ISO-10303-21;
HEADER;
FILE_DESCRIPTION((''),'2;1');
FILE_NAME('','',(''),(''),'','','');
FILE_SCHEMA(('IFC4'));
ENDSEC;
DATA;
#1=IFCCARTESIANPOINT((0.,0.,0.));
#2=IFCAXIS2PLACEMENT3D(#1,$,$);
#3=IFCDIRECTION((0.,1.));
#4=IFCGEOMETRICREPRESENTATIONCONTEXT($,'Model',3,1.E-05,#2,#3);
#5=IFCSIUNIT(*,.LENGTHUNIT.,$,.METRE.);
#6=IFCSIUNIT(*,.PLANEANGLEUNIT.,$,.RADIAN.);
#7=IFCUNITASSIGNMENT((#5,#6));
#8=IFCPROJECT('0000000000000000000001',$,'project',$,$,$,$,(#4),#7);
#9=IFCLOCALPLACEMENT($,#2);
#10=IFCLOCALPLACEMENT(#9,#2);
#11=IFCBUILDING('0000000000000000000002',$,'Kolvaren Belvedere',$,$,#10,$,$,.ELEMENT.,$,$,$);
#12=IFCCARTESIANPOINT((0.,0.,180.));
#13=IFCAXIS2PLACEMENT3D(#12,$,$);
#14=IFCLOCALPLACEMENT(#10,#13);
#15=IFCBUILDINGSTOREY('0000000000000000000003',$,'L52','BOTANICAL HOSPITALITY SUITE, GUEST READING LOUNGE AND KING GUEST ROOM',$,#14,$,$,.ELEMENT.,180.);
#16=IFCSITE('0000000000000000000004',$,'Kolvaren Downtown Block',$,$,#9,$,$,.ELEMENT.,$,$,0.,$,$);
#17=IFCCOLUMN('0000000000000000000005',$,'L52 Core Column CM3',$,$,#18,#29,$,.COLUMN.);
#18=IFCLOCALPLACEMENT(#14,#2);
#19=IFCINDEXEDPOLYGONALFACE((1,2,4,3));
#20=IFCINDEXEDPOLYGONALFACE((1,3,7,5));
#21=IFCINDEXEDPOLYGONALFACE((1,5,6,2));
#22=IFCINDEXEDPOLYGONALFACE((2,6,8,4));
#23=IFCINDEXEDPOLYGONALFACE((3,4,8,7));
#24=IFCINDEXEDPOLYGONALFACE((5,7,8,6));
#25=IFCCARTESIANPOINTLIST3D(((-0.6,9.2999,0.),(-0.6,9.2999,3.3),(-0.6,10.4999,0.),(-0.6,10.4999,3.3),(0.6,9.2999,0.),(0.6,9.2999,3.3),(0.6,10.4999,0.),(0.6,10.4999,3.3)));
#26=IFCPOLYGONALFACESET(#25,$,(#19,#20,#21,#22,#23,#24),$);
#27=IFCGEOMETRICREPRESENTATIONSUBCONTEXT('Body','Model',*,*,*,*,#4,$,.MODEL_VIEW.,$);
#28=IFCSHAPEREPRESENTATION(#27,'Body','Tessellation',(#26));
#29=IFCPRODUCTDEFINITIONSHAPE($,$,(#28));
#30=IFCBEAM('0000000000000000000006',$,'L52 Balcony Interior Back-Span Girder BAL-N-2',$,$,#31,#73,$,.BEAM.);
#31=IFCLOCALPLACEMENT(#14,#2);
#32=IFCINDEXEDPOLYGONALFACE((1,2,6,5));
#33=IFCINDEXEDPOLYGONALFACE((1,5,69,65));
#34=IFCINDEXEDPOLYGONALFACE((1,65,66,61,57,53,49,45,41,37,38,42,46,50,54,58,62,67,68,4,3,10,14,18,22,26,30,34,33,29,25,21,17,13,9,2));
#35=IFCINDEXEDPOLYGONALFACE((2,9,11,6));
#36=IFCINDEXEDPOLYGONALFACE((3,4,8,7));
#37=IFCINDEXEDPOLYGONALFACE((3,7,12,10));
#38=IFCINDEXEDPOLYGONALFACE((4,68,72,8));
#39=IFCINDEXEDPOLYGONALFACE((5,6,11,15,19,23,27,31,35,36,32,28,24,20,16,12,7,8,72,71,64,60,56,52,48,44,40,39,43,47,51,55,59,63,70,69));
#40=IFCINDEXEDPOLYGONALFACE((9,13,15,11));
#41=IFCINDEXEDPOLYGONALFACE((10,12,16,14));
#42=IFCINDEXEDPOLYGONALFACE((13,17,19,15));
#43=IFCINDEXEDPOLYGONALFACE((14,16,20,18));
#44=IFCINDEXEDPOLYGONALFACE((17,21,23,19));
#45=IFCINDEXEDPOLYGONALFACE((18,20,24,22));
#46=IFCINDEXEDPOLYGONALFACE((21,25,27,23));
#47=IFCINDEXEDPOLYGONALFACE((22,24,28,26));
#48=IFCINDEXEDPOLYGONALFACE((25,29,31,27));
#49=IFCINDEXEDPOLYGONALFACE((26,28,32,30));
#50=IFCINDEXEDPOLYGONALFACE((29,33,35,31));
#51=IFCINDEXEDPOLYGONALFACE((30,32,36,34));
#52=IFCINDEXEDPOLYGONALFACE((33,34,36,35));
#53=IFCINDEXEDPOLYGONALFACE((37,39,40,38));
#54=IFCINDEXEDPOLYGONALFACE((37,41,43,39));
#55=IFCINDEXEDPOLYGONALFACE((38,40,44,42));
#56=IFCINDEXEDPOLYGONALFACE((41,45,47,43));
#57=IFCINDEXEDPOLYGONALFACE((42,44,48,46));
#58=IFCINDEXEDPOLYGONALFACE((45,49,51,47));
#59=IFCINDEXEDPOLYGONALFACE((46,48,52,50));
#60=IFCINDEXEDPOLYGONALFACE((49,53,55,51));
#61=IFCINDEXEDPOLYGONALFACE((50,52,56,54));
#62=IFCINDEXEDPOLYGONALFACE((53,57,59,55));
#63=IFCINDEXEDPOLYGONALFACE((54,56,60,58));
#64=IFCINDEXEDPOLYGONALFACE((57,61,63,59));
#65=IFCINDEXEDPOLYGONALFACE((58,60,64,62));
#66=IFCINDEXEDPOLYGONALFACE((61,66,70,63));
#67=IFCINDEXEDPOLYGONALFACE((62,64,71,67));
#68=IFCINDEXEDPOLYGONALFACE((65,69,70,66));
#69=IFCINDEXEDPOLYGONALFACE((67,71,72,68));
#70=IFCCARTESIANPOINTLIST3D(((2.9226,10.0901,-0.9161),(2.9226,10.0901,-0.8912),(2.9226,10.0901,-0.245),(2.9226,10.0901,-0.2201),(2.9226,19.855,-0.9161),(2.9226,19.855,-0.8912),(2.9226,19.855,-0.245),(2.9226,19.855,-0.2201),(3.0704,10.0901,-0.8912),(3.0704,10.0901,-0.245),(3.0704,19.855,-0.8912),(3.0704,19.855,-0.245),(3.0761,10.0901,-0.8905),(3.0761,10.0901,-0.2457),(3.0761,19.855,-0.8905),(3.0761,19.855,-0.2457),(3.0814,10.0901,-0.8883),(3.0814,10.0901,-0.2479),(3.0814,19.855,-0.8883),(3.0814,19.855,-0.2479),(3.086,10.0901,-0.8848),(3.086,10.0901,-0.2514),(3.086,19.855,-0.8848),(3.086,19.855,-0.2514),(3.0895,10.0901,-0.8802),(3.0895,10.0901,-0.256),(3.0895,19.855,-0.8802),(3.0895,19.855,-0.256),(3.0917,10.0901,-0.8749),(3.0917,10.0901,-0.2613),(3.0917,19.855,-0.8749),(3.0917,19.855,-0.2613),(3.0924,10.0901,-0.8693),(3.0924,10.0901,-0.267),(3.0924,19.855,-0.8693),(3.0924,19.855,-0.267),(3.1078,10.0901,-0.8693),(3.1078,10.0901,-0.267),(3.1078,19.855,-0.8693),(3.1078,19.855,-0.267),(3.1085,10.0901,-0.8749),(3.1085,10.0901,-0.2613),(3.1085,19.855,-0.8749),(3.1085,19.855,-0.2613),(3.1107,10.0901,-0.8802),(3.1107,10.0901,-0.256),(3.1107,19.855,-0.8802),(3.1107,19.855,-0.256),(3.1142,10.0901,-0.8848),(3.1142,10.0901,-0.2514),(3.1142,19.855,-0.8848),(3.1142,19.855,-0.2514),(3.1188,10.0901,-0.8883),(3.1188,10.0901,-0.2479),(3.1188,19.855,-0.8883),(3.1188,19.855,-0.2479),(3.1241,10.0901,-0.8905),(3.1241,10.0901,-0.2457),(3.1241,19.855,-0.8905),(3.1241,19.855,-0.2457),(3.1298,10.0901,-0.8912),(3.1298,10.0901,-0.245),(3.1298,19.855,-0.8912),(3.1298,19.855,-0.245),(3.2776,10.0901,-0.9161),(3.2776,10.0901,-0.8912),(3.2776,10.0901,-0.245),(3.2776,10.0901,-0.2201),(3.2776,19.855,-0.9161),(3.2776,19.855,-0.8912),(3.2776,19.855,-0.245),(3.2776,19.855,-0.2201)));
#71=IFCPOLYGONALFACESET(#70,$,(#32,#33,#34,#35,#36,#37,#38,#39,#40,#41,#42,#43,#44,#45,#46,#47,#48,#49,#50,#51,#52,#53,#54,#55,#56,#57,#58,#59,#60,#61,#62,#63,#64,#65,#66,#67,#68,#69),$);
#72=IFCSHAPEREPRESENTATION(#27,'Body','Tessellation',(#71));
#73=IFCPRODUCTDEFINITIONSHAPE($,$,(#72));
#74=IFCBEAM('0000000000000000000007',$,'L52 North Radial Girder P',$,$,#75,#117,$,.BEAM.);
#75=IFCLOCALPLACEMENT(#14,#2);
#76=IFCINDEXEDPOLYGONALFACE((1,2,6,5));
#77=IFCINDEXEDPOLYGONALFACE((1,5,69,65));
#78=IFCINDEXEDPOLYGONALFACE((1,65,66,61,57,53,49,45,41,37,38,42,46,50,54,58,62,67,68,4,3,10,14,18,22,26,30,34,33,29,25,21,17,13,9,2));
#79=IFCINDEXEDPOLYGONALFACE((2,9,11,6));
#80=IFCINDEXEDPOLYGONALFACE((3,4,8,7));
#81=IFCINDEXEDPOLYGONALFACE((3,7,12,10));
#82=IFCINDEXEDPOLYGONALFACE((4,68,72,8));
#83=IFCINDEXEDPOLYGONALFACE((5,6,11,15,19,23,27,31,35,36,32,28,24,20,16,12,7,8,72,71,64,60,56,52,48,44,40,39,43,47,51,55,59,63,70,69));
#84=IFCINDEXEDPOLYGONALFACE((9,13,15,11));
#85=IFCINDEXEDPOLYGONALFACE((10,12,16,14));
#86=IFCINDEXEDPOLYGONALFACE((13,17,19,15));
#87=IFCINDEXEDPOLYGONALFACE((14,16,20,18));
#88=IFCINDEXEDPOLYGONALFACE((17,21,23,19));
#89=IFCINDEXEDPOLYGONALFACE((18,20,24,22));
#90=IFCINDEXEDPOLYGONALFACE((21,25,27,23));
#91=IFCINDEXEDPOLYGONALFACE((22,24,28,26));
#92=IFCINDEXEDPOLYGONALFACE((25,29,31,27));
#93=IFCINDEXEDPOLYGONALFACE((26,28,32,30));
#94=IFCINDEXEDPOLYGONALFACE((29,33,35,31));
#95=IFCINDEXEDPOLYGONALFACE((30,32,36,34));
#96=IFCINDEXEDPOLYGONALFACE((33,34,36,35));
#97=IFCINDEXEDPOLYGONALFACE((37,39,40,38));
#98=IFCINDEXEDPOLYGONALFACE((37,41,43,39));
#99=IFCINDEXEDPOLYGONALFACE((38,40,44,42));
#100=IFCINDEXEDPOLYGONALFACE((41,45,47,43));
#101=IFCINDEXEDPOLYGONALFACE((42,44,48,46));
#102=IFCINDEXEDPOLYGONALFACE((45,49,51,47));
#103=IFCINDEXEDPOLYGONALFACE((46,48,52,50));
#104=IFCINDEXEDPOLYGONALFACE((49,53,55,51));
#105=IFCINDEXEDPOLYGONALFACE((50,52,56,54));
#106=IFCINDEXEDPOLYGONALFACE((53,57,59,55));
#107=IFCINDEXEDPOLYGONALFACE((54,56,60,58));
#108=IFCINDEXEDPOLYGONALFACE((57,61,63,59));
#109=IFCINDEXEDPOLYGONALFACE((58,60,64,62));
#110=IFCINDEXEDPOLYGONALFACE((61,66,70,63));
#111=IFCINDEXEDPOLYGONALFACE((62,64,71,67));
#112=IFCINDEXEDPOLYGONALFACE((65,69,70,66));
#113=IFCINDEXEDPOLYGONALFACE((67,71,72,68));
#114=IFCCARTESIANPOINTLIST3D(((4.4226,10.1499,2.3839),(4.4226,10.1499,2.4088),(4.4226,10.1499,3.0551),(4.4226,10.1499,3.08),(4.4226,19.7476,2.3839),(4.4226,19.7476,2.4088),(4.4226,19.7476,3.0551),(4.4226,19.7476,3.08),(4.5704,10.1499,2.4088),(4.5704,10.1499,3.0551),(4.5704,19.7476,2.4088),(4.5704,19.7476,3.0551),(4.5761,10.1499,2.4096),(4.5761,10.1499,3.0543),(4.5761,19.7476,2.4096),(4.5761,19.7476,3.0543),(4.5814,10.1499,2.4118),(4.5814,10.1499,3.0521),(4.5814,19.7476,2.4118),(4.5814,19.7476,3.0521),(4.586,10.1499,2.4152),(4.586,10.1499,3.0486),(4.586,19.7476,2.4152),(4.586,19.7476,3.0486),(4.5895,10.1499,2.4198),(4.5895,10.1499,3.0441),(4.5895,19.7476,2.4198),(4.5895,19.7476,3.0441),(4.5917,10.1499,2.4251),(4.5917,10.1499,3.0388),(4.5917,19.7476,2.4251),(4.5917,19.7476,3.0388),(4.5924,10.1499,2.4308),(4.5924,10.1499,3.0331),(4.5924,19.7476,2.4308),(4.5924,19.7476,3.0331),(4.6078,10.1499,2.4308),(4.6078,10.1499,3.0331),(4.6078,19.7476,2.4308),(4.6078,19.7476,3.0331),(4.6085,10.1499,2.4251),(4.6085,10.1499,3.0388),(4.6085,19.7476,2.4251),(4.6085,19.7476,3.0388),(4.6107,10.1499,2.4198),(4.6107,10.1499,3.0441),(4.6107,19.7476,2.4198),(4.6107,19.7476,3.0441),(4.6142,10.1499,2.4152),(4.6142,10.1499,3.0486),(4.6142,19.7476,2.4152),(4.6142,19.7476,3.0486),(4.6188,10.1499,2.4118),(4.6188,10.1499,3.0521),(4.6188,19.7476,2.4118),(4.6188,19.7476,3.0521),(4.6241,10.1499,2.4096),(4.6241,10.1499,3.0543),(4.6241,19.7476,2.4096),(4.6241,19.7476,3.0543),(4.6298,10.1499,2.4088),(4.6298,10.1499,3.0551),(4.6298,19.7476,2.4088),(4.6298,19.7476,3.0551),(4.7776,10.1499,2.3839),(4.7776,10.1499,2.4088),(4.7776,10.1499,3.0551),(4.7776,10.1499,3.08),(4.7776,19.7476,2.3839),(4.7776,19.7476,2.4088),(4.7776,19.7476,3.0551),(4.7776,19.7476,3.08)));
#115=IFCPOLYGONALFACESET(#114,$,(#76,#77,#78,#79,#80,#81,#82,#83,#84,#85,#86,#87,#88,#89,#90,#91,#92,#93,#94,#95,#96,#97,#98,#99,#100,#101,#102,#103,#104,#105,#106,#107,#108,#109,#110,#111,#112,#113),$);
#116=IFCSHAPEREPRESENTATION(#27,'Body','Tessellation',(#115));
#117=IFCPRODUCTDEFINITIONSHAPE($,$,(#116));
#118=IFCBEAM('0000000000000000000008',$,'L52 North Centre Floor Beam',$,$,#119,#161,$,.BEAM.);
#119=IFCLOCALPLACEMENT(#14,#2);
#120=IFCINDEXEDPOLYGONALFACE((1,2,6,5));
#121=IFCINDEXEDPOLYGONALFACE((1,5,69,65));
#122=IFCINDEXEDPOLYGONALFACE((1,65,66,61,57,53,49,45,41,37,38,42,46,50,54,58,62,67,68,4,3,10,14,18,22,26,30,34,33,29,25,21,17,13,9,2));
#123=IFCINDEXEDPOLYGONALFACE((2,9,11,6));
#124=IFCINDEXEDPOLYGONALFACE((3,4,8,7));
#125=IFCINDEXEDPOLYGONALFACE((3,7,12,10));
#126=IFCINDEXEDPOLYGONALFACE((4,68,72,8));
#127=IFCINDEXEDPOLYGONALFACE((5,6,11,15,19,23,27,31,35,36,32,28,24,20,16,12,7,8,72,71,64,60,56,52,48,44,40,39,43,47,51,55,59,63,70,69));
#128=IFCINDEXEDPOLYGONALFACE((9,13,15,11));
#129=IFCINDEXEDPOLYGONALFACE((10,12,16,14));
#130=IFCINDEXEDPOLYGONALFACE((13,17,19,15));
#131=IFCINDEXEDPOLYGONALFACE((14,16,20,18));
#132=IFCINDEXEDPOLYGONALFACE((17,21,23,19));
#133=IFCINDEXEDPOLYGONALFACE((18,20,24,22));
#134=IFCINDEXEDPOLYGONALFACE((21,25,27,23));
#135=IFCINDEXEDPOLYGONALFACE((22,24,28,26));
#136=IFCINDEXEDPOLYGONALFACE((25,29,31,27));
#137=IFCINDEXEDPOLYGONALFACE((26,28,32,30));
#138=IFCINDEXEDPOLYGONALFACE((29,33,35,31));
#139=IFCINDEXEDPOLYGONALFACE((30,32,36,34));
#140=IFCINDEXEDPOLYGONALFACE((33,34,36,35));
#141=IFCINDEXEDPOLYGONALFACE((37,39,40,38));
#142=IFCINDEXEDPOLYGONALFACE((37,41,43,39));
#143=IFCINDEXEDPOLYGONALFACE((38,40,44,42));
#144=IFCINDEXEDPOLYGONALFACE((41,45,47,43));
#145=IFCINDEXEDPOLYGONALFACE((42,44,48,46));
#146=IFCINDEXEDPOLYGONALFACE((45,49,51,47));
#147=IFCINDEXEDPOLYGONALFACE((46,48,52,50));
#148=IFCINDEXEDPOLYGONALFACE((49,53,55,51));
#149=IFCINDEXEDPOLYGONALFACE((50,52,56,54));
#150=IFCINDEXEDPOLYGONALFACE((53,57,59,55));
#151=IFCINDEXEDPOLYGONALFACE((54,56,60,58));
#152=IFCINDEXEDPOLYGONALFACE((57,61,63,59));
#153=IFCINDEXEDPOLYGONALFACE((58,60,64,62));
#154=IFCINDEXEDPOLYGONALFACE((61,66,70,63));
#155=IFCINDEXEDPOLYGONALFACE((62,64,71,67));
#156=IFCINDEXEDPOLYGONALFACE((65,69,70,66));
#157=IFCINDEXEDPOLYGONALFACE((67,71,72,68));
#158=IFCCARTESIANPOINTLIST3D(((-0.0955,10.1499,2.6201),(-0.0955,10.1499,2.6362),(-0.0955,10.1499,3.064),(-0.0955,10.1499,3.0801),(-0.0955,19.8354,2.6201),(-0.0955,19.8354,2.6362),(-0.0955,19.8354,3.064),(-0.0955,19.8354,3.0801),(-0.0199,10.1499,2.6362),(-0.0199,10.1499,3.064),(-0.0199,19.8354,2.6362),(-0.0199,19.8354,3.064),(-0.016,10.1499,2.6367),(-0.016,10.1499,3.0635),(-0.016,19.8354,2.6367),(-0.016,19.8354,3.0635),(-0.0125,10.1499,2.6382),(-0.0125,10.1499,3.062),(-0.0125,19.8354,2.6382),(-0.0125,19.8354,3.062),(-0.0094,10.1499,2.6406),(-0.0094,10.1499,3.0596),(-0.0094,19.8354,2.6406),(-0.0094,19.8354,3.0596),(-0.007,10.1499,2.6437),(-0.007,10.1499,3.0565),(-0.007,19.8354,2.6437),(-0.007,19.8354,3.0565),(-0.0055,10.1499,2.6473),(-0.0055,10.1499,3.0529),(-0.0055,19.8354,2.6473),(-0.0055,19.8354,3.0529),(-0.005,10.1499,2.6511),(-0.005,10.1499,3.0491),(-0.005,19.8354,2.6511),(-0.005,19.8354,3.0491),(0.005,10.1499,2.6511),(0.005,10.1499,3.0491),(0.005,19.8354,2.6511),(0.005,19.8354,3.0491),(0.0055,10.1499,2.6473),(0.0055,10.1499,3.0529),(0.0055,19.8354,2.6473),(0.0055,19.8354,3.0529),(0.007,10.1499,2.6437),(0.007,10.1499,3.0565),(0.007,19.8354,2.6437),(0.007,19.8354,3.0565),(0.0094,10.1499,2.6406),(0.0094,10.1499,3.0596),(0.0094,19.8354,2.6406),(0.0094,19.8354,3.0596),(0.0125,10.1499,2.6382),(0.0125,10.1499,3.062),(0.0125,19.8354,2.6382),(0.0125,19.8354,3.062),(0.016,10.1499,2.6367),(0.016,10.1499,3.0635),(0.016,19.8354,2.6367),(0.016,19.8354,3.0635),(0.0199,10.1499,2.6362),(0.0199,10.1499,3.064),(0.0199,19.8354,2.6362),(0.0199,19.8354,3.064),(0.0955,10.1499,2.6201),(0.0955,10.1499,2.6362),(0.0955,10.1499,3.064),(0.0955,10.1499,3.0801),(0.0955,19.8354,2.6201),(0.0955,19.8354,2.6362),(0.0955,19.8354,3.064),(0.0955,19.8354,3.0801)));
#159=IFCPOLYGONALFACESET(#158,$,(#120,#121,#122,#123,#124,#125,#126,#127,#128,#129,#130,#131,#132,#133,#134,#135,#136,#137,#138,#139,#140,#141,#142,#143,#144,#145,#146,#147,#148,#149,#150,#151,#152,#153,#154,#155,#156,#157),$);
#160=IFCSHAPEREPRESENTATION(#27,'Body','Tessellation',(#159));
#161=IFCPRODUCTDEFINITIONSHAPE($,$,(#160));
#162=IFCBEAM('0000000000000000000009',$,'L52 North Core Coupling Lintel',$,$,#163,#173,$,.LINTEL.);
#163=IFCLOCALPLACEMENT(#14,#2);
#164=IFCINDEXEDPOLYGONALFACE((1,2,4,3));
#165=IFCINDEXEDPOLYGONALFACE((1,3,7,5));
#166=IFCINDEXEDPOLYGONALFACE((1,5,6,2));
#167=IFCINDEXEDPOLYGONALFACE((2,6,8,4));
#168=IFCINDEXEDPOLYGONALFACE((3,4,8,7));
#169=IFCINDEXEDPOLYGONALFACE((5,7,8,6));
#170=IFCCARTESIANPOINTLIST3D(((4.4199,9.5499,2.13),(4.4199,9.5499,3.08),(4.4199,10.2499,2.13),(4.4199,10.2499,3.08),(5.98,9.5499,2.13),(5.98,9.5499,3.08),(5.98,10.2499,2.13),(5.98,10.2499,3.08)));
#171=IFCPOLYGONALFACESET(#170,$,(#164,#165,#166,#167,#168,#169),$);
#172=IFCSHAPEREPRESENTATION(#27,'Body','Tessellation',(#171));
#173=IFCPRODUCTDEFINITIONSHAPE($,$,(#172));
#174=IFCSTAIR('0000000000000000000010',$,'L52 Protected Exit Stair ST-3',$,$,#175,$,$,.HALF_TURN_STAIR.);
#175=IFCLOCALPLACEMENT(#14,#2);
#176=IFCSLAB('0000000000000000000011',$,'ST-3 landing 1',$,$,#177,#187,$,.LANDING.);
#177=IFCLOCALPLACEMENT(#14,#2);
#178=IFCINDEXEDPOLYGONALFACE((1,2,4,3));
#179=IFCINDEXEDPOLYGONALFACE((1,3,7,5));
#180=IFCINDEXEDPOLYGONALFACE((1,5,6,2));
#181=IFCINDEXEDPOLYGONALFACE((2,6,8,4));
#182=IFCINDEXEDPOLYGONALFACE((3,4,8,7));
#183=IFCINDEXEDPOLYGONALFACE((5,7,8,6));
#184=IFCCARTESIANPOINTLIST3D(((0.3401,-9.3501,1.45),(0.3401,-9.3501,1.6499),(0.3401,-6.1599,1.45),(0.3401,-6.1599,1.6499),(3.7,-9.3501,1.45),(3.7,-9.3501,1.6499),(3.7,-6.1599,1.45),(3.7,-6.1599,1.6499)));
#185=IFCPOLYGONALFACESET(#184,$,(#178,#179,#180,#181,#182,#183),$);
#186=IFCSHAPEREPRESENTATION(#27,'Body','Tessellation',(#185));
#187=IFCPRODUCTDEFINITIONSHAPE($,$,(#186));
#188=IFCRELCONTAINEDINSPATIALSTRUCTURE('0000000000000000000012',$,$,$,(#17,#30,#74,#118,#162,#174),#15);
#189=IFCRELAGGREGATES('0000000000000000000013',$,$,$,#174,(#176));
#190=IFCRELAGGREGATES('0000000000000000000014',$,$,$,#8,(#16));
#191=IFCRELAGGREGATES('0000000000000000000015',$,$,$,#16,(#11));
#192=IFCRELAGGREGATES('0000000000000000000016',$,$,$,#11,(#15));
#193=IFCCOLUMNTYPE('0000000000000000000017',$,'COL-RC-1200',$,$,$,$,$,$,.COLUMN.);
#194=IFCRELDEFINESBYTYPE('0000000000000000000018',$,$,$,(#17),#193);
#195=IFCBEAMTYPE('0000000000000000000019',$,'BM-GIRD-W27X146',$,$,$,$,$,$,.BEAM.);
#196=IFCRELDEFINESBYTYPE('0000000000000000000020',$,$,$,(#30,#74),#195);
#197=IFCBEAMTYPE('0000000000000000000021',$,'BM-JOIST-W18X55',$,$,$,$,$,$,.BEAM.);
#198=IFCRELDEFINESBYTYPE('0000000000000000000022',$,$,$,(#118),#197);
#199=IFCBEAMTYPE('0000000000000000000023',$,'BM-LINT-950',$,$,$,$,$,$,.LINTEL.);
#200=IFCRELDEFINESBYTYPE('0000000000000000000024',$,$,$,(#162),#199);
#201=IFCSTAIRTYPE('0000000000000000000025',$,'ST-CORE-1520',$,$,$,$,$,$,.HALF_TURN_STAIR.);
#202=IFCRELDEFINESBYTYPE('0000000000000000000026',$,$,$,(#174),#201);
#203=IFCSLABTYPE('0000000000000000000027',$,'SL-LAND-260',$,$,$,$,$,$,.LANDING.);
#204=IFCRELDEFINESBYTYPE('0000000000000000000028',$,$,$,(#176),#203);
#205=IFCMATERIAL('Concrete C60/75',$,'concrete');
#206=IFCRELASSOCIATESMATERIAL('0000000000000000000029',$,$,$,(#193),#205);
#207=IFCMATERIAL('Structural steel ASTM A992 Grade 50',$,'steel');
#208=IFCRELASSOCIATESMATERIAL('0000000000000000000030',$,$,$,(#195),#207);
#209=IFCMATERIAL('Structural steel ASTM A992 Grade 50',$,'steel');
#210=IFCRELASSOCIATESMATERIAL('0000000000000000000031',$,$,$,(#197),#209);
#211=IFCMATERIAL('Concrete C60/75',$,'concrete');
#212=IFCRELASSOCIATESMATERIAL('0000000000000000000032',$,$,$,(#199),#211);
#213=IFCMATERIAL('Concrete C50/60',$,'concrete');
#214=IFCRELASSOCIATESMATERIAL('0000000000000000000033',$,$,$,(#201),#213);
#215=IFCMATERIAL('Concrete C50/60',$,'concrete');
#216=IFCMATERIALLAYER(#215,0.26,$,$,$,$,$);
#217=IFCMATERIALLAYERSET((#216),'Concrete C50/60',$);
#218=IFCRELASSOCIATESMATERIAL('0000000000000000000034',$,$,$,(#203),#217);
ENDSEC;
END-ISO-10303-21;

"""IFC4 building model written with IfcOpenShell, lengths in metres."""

from ifc_helpers import new_model, si_unit, direction, frame, origin, origin_2d, place, context, subcontext, project, spatial, polyline, rectangle, i_section, outline, extrude, material, layer, layer_set, material_profile, profile_set, type_object, element, aggregate, save


model = new_model("IFC4")

# Units and contexts
model_context = context("Model", 3, precision=1e-05, world=origin(), true_north=direction((0.0, 1.0)))
body_context = subcontext(model_context, "Body", "Model", "MODEL_VIEW")
ifc_project = project(units=[si_unit("LENGTHUNIT", "METRE"), si_unit("PLANEANGLEUNIT", "RADIAN")], contexts=[model_context])

# Site, building, storey
site_placement = place(None, origin())
site = spatial("IfcSite", under=ifc_project, at=site_placement, Name="Kolvaren Downtown Block", CompositionType="ELEMENT", RefElevation=0.0)
building_placement = place(site_placement, origin())
building = spatial("IfcBuilding", under=site, at=building_placement, Name="Kolvaren Belvedere", CompositionType="ELEMENT")
storey_placement = place(building_placement, frame((0.0, 0.0, 180.0)))
storey = spatial("IfcBuildingStorey", under=building, at=storey_placement, Name="L52", Description="BOTANICAL HOSPITALITY SUITE, GUEST READING LOUNGE AND KING GUEST ROOM", CompositionType="ELEMENT", Elevation=180.0)

# Column
ifc_material_1 = material(Name="Concrete C60/75", Category="concrete")
ifc_material_profile_1 = material_profile(ifc_material_1, rectangle(XDim=1.2, YDim=1.2, at=origin_2d()), Name="RC 1200X1200")
ifc_profile_set_1 = profile_set([ifc_material_profile_1], Name="Concrete C60/75")
column_type = type_object("IfcColumnType", Name="COL-RC-1200", PredefinedType="COLUMN", material=ifc_profile_set_1)
column_placement = place(storey_placement, frame((0.0, 9.8999, 0.0), z_axis=(0.0, 0.0, 1.0), x_axis=(1.0, 0.0, 0.0)))
element("IfcColumn", 1, at=column_placement, inside=storey, type_object=column_type, Name="L52 Core Column CM3", PredefinedType="COLUMN", context=body_context, shape_type="SweptSolid", body=[
    extrude(rectangle(XDim=1.2, YDim=1.2, at=origin_2d()), origin(), (0.0, 0.0, 1.0), 3.3),
])

# Beams
ifc_material_2 = material(Name="Structural steel ASTM A992 Grade 50", Category="steel")
ifc_material_profile_2 = material_profile(ifc_material_2, i_section(OverallWidth=0.355, OverallDepth=0.696, WebThickness=0.0154, FlangeThickness=0.0249, FilletRadius=0.022, at=origin_2d()), Name="W27X146")
ifc_profile_set_2 = profile_set([ifc_material_profile_2], Name="Structural steel ASTM A992 Grade 50")
beam_type_1 = type_object("IfcBeamType", Name="BM-GIRD-W27X146", PredefinedType="BEAM", material=ifc_profile_set_2)
beam_1_placement = place(storey_placement, frame((3.1001, 10.0901, -0.5681), z_axis=(0.0, 1.0, 0.0), x_axis=(-1.0, 0.0, 0.0)))
element("IfcBeam", 2, at=beam_1_placement, inside=storey, type_object=beam_type_1, Name="L52 Balcony Interior Back-Span Girder BAL-N-2", PredefinedType="BEAM", context=body_context, shape_type="SweptSolid", body=[
    extrude(i_section(OverallWidth=0.355, OverallDepth=0.696, WebThickness=0.0154, FlangeThickness=0.0249, FilletRadius=0.022, at=origin_2d()), origin(), (0.0, 0.0, 1.0), 9.7649),
])
beam_2_placement = place(storey_placement, frame((4.6001, 10.1499, 2.7319), z_axis=(0.0, 1.0, 0.0), x_axis=(-1.0, 0.0, 0.0)))
element("IfcBeam", 3, at=beam_2_placement, inside=storey, type_object=beam_type_1, Name="L52 North Radial Girder P", PredefinedType="BEAM", context=body_context, shape_type="SweptSolid", body=[
    extrude(i_section(OverallWidth=0.355, OverallDepth=0.696, WebThickness=0.0154, FlangeThickness=0.0249, FilletRadius=0.022, at=origin_2d()), origin(), (0.0, 0.0, 1.0), 9.5977),
])
ifc_material_3 = material(Name="Structural steel ASTM A992 Grade 50", Category="steel")
ifc_material_profile_3 = material_profile(ifc_material_3, i_section(OverallWidth=0.1909, OverallDepth=0.46, WebThickness=0.01, FlangeThickness=0.0161, FilletRadius=0.0149, at=origin_2d()), Name="W18X55")
ifc_profile_set_3 = profile_set([ifc_material_profile_3], Name="Structural steel ASTM A992 Grade 50")
beam_type_2 = type_object("IfcBeamType", Name="BM-JOIST-W18X55", PredefinedType="BEAM", material=ifc_profile_set_3)
beam_3_placement = place(storey_placement, frame((0.0, 10.1499, 2.8501), z_axis=(0.0, 1.0, 0.0), x_axis=(-1.0, 0.0, 0.0)))
element("IfcBeam", 4, at=beam_3_placement, inside=storey, type_object=beam_type_2, Name="L52 North Centre Floor Beam", PredefinedType="BEAM", context=body_context, shape_type="SweptSolid", body=[
    extrude(i_section(OverallWidth=0.1909, OverallDepth=0.46, WebThickness=0.01, FlangeThickness=0.0161, FilletRadius=0.0149, at=origin_2d()), origin(), (0.0, 0.0, 1.0), 9.6855),
])
ifc_material_4 = material(Name="Concrete C60/75", Category="concrete")
ifc_material_profile_4 = material_profile(ifc_material_4, rectangle(XDim=0.7, YDim=0.95, at=origin_2d()), Name="RC 700X950")
ifc_profile_set_4 = profile_set([ifc_material_profile_4], Name="Concrete C60/75")
beam_type_3 = type_object("IfcBeamType", Name="BM-LINT-950", PredefinedType="LINTEL", material=ifc_profile_set_4)
beam_4_placement = place(storey_placement, frame((4.4199, 9.8999, 2.605), z_axis=(1.0, 0.0, 0.0), x_axis=(0.0, 1.0, 0.0)))
element("IfcBeam", 5, at=beam_4_placement, inside=storey, type_object=beam_type_3, Name="L52 North Core Coupling Lintel", PredefinedType="LINTEL", context=body_context, shape_type="SweptSolid", body=[
    extrude(rectangle(XDim=0.7, YDim=0.95, at=origin_2d()), origin(), (0.0, 0.0, 1.0), 1.5601),
])

# Stair, slab
ifc_material_5 = material(Name="Concrete C50/60", Category="concrete")
stair_type = type_object("IfcStairType", Name="ST-CORE-1520", PredefinedType="HALF_TURN_STAIR", material=ifc_material_5)
stair_1_placement = place(storey_placement, origin())
stair_1 = element("IfcStair", 6, at=stair_1_placement, inside=storey, type_object=stair_type, Name="L52 Protected Exit Stair ST-3", PredefinedType="HALF_TURN_STAIR")
ifc_material_6 = material(Name="Concrete C50/60", Category="concrete")
ifc_layer_1 = layer(ifc_material_6, 0.26)
ifc_layer_set_1 = layer_set([ifc_layer_1], Name="Concrete C50/60")
slab_type = type_object("IfcSlabType", Name="SL-LAND-260", PredefinedType="LANDING", material=ifc_layer_set_1)
slab_placement = place(storey_placement, frame((0.0, 0.0, 1.45)))
slab = element("IfcSlab", 7, at=slab_placement, type_object=slab_type, Name="ST-3 landing 1", PredefinedType="LANDING", context=body_context, shape_type="SweptSolid", body=[
    extrude(outline(polyline([(0.3401, -9.3501), (3.7, -9.3501), (3.7, -6.1599), (0.3401, -6.1599), (0.3401, -9.3501)])), origin(), (0.0, 0.0, 1.0), 0.2),
])
aggregate(stair_1, [slab])

save(model, "model.ifc")
